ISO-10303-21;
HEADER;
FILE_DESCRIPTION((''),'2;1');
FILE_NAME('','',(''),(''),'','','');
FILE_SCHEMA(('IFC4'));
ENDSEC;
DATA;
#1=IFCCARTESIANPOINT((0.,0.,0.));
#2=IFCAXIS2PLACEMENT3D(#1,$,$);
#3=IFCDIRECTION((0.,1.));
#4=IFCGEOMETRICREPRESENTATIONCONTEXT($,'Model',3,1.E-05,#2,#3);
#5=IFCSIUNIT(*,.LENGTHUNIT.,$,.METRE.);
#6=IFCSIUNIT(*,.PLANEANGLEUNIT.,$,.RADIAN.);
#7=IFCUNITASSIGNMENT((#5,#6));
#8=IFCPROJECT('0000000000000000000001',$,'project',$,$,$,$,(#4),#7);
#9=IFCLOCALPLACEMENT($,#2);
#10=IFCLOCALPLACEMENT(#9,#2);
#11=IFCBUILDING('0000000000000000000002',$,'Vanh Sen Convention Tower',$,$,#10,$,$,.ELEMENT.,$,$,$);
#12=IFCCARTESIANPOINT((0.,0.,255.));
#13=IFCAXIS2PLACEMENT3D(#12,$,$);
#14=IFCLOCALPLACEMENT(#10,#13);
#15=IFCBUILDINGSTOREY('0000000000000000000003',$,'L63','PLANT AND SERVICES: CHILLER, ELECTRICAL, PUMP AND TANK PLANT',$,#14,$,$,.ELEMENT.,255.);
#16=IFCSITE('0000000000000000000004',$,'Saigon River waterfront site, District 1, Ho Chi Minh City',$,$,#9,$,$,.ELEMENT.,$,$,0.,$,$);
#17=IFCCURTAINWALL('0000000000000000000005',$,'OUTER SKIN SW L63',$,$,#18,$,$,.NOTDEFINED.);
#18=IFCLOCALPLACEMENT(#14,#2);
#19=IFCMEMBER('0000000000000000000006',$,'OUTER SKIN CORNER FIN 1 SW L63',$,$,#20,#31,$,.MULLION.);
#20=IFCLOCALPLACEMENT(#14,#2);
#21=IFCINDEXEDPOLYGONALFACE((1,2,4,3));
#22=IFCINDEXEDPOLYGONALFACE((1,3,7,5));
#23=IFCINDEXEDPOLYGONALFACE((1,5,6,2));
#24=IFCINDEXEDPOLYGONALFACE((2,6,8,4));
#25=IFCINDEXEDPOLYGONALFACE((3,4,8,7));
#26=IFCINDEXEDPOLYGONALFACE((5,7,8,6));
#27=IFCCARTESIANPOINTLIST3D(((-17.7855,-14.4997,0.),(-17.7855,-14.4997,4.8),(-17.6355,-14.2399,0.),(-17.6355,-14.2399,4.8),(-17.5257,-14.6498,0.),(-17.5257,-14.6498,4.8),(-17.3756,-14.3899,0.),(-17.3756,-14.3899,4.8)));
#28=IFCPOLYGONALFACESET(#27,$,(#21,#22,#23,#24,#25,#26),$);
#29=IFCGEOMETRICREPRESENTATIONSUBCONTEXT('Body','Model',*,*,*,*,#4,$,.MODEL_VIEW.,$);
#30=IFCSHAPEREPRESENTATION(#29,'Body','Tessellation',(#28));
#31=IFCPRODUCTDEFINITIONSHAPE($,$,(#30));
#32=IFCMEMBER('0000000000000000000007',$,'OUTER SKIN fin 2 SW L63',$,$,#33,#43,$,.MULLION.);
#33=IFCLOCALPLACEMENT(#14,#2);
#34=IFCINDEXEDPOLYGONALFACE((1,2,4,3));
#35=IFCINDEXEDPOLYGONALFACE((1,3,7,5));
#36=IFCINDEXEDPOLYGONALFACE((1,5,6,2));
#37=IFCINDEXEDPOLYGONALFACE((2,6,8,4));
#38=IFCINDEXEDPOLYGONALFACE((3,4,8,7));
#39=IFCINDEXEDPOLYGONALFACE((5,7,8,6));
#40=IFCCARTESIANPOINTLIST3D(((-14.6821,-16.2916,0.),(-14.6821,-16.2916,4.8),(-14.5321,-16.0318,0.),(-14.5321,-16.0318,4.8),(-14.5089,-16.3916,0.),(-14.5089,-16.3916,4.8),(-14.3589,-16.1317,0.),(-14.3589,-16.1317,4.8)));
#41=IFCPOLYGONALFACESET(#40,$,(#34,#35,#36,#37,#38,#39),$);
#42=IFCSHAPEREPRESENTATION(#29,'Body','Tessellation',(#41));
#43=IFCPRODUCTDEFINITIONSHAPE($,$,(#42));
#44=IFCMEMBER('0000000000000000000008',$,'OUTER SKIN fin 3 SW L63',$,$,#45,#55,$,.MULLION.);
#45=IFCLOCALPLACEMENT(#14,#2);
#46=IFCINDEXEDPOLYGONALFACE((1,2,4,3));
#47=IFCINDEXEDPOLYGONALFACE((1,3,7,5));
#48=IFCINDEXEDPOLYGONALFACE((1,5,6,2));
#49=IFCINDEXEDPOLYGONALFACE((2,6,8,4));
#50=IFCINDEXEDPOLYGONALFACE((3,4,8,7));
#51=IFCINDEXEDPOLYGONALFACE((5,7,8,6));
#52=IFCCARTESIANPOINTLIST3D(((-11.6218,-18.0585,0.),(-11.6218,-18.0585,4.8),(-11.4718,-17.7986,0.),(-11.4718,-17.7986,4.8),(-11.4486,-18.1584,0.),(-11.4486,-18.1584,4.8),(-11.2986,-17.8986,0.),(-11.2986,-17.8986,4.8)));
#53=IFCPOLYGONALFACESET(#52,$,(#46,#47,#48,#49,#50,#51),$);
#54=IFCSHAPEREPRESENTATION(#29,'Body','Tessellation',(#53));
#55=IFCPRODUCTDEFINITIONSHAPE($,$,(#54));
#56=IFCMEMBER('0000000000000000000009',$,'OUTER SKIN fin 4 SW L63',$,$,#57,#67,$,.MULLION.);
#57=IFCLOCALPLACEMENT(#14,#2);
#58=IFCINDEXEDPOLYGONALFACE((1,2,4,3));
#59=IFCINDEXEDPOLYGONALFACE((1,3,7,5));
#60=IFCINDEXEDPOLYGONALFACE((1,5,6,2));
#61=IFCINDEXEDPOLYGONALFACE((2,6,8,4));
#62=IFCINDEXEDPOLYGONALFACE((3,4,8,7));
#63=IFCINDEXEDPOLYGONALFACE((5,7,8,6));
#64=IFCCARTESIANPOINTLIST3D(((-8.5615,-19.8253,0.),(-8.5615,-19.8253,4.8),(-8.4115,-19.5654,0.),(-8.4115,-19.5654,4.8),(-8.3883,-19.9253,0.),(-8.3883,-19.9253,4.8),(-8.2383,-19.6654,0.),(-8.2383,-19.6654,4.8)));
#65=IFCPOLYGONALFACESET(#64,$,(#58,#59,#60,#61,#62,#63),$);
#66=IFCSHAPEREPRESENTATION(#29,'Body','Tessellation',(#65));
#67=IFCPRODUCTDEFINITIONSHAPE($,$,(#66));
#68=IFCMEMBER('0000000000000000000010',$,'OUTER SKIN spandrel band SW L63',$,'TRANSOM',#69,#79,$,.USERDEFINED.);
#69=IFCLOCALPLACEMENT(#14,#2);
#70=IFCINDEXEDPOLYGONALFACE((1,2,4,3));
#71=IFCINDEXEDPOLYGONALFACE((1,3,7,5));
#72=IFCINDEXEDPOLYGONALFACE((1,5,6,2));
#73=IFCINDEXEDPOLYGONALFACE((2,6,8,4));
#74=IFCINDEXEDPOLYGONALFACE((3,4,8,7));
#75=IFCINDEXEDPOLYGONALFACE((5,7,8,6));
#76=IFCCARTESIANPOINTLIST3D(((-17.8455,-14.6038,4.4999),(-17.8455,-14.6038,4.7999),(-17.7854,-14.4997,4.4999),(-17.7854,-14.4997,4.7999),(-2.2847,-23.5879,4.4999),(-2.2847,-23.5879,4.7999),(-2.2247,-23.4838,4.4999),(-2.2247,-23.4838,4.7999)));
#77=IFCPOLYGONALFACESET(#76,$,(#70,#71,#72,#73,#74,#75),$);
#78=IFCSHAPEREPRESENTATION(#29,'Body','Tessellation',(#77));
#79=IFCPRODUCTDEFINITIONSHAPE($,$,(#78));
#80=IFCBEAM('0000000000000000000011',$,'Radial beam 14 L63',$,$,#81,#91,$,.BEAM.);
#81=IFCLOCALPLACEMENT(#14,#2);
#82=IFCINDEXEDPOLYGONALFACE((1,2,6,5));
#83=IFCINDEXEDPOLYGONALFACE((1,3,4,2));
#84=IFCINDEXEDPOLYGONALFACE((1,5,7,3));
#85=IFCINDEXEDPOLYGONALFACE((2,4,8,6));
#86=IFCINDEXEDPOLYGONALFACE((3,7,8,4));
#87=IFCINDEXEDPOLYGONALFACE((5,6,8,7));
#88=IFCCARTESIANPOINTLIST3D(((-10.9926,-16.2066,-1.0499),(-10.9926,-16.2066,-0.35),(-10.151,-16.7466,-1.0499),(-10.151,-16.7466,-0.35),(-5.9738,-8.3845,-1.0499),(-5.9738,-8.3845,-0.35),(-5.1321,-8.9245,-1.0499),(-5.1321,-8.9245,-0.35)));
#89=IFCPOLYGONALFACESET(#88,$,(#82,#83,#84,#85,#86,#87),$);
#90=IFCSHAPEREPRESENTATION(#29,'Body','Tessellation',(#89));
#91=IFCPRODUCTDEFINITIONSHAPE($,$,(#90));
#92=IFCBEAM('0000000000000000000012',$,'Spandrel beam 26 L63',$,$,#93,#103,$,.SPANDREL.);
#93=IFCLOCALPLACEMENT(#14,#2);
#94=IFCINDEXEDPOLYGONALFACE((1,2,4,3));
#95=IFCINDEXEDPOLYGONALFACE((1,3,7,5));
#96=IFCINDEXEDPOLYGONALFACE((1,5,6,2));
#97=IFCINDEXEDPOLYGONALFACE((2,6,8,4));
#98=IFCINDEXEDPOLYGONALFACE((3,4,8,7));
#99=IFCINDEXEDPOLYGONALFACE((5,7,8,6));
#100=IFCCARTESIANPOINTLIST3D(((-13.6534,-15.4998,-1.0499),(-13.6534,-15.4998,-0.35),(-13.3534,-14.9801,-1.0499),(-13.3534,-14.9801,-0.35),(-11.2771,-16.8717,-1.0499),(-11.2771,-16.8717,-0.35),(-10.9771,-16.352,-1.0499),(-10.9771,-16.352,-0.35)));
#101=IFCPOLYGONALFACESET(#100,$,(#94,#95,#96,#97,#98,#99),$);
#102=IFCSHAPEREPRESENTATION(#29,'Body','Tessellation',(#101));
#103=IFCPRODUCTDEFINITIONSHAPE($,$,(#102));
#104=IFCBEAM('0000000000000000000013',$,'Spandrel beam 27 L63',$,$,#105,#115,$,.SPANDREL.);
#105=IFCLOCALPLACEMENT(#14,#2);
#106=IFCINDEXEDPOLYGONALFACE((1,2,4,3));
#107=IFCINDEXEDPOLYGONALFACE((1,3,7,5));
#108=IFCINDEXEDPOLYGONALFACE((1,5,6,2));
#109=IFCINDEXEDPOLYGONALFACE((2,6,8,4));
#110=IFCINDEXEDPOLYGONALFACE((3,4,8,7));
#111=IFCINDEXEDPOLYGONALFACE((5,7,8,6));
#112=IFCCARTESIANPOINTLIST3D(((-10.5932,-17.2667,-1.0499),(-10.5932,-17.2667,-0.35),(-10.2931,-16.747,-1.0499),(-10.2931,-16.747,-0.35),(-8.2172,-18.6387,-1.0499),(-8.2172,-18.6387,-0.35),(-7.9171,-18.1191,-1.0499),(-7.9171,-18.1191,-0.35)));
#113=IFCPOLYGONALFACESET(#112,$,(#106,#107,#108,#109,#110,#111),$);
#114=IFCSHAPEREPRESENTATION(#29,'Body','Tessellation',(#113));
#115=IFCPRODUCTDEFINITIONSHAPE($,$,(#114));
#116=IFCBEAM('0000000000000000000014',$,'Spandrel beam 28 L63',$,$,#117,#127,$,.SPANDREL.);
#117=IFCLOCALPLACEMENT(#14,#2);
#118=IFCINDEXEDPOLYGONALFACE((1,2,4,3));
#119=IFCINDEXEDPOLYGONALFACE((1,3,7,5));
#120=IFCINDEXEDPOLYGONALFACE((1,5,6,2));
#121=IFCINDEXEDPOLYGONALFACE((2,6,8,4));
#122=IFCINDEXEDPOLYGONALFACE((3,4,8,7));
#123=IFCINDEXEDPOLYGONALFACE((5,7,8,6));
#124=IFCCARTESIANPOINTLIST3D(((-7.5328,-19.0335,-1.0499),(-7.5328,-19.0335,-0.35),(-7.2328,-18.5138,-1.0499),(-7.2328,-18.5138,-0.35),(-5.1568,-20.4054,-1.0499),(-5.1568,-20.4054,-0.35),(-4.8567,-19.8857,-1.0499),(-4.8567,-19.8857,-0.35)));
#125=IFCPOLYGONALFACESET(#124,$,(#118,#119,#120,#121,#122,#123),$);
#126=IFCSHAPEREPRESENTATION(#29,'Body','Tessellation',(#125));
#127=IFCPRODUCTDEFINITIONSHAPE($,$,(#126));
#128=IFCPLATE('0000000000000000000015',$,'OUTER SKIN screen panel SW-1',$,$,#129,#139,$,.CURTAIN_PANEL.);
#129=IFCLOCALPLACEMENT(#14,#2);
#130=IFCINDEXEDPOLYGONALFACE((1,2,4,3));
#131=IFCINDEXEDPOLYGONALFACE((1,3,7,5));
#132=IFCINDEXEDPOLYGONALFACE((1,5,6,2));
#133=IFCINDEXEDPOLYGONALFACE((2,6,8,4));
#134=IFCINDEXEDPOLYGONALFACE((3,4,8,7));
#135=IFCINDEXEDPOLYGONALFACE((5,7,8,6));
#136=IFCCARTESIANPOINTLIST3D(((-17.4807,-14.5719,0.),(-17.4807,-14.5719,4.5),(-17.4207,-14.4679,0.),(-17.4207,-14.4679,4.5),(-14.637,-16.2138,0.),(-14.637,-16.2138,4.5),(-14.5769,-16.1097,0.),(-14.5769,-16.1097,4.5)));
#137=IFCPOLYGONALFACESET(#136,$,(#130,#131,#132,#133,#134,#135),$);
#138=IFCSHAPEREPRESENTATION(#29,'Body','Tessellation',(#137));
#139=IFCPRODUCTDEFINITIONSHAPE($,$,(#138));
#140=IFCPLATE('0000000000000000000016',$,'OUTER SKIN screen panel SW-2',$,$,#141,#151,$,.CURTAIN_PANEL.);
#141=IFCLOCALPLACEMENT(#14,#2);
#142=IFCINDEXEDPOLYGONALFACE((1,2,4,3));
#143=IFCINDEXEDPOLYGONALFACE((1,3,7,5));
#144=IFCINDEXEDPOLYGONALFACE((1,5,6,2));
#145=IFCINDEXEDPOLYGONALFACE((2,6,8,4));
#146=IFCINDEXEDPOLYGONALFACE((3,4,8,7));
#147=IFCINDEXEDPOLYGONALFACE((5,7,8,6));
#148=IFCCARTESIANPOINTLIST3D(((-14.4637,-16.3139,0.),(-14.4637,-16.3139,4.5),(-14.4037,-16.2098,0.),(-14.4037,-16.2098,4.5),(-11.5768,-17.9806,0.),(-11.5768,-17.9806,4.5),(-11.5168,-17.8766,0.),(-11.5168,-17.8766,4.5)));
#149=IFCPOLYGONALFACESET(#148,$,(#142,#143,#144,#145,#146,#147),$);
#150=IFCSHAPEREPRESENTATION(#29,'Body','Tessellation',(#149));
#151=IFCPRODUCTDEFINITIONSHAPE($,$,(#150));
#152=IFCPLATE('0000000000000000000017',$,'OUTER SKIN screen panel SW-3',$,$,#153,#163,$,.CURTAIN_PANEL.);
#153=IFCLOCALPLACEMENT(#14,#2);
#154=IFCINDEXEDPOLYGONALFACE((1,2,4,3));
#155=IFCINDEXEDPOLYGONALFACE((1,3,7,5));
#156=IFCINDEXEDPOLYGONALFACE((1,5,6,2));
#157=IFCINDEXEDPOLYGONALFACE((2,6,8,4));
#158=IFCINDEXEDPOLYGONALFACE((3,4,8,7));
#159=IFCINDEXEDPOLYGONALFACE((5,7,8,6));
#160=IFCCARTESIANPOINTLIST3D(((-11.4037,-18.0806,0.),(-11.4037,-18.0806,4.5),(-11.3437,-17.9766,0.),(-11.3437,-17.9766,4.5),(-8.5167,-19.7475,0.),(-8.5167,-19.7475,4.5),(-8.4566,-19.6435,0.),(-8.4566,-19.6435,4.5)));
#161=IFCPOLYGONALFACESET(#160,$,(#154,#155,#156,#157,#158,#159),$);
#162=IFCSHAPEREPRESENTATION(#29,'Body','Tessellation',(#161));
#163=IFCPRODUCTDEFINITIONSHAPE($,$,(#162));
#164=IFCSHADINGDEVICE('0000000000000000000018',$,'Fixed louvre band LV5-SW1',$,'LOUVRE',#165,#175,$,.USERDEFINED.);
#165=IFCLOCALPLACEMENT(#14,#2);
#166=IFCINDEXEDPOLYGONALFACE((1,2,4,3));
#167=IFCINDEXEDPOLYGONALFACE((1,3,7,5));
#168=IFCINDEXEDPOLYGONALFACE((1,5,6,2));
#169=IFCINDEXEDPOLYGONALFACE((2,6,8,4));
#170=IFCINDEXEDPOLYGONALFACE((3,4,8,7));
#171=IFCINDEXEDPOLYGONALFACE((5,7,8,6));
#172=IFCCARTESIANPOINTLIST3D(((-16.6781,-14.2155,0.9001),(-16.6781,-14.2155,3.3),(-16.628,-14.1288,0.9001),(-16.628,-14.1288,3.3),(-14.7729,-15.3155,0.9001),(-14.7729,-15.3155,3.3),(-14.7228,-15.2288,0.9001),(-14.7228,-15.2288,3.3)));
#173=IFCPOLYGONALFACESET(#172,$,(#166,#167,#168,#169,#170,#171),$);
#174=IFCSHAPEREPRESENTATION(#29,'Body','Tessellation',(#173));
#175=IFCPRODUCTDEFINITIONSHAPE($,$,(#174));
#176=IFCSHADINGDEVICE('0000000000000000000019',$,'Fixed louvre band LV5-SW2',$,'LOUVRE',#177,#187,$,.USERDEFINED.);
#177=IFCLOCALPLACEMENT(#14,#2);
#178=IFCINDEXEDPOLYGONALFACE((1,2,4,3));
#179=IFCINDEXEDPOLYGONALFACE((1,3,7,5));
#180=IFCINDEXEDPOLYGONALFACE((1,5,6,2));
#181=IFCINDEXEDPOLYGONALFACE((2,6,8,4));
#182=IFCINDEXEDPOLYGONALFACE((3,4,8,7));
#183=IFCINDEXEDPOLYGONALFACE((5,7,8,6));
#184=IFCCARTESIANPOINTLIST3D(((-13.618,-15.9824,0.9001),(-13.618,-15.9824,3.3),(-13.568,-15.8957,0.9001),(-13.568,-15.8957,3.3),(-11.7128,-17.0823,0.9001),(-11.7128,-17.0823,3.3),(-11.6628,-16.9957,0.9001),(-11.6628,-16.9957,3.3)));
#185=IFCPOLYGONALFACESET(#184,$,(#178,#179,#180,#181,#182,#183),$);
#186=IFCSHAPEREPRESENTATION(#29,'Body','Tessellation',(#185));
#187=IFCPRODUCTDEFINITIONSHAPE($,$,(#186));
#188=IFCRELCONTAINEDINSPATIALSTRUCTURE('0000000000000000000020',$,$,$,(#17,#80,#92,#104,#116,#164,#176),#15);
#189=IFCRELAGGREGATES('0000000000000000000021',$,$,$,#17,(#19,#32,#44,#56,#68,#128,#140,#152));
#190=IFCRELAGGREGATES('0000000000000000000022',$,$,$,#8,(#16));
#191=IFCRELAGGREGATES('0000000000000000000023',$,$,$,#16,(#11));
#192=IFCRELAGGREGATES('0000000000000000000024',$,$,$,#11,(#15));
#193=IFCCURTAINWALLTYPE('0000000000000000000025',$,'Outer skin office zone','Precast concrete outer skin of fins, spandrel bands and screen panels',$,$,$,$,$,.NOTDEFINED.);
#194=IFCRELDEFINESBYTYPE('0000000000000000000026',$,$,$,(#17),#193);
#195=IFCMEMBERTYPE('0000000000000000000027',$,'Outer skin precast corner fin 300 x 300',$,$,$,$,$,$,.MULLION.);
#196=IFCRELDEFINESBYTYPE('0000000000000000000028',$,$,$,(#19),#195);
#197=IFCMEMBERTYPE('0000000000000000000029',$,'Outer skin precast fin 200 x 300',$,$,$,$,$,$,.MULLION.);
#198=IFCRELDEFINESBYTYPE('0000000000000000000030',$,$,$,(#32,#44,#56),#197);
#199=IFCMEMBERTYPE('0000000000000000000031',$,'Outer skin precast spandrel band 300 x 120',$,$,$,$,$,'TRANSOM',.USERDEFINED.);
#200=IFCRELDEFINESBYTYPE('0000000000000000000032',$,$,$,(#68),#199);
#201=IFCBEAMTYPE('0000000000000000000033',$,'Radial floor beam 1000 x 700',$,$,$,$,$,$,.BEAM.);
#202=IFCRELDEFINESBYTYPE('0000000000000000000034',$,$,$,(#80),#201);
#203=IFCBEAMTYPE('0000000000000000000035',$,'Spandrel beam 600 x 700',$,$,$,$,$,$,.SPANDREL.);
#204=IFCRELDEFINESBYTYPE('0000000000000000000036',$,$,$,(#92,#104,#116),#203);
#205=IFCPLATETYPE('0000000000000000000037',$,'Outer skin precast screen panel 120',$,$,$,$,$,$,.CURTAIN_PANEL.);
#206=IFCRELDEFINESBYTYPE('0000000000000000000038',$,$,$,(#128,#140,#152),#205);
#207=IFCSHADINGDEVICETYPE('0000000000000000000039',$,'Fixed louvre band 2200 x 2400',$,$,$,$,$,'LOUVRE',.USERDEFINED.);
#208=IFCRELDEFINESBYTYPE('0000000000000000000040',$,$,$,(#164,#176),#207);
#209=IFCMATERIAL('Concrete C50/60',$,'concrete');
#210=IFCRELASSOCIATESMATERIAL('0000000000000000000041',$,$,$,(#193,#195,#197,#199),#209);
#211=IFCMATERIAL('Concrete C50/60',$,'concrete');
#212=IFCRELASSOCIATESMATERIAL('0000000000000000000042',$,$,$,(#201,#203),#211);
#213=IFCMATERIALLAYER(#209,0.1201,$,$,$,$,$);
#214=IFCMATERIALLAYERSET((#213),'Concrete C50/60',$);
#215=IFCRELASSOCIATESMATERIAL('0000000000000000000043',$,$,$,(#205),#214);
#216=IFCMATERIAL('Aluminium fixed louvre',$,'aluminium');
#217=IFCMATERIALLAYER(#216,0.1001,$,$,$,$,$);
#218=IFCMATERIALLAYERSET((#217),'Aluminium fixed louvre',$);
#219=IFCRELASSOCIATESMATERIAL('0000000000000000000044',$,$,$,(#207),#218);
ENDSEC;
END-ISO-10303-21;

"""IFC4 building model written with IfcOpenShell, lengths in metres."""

from ifc_helpers import new_model, si_unit, direction, frame, origin, origin_2d, place, context, subcontext, project, spatial, rectangle, extrude, material, layer, layer_set, material_profile, profile_set, type_object, element, aggregate, save


model = new_model("IFC4")

# Units and contexts
model_context = context("Model", 3, precision=1e-05, world=origin(), true_north=direction((0.0, 1.0)))
body_context = subcontext(model_context, "Body", "Model", "MODEL_VIEW")
ifc_project = project(units=[si_unit("LENGTHUNIT", "METRE"), si_unit("PLANEANGLEUNIT", "RADIAN")], contexts=[model_context])

# Site, building, storey
site_placement = place(None, origin())
site = spatial("IfcSite", under=ifc_project, at=site_placement, Name="Saigon River waterfront site, District 1, Ho Chi Minh City", CompositionType="ELEMENT", RefElevation=0.0)
building_placement = place(site_placement, origin())
building = spatial("IfcBuilding", under=site, at=building_placement, Name="Vanh Sen Convention Tower", CompositionType="ELEMENT")
storey_placement = place(building_placement, frame((0.0, 0.0, 255.0)))
storey = spatial("IfcBuildingStorey", under=building, at=storey_placement, Name="L63", Description="PLANT AND SERVICES: CHILLER, ELECTRICAL, PUMP AND TANK PLANT", CompositionType="ELEMENT", Elevation=255.0)

# Curtain wall, members
ifc_material_1 = material(Name="Concrete C50/60", Category="concrete")
curtain_wall_type = type_object("IfcCurtainWallType", Name="Outer skin office zone", Description="Precast concrete outer skin of fins, spandrel bands and screen panels", PredefinedType="NOTDEFINED", material=ifc_material_1)
curtain_wall_placement = place(storey_placement, origin())
curtain_wall = element("IfcCurtainWall", 1, at=curtain_wall_placement, inside=storey, type_object=curtain_wall_type, Name="OUTER SKIN SW L63", PredefinedType="NOTDEFINED")
ifc_material_profile_1 = material_profile(ifc_material_1, rectangle(XDim=0.3, YDim=0.3, at=origin_2d()), Name="Outer skin precast corner fin 300 x 300")
ifc_profile_set_1 = profile_set([ifc_material_profile_1], Name="Concrete C50/60")
member_type_1 = type_object("IfcMemberType", Name="Outer skin precast corner fin 300 x 300", PredefinedType="MULLION", material=ifc_profile_set_1)
member_1_placement = place(storey_placement, frame((-17.5806, -14.4448, 0.0), z_axis=(0.0, 0.0, 1.0), x_axis=(0.866025, -0.5, 0.0)))
member_1 = element("IfcMember", 2, at=member_1_placement, type_object=member_type_1, Name="OUTER SKIN CORNER FIN 1 SW L63", PredefinedType="MULLION", context=body_context, shape_type="SweptSolid", body=[
    extrude(rectangle(XDim=0.3, YDim=0.3, at=origin_2d()), origin(), (0.0, 0.0, 1.0), 4.8),
])
ifc_material_profile_2 = material_profile(ifc_material_1, rectangle(XDim=0.2, YDim=0.3, at=origin_2d()), Name="Outer skin precast fin 200 x 300")
ifc_profile_set_2 = profile_set([ifc_material_profile_2], Name="Concrete C50/60")
member_type_2 = type_object("IfcMemberType", Name="Outer skin precast fin 200 x 300", PredefinedType="MULLION", material=ifc_profile_set_2)
member_2_placement = place(storey_placement, frame((-14.5205, -16.2117, 0.0), z_axis=(0.0, 0.0, 1.0), x_axis=(0.866025, -0.5, 0.0)))
member_2 = element("IfcMember", 3, at=member_2_placement, type_object=member_type_2, Name="OUTER SKIN fin 2 SW L63", PredefinedType="MULLION", context=body_context, shape_type="SweptSolid", body=[
    extrude(rectangle(XDim=0.2, YDim=0.3, at=origin_2d()), origin(), (0.0, 0.0, 1.0), 4.8),
])
member_3_placement = place(storey_placement, frame((-11.4602, -17.9785, 0.0), z_axis=(0.0, 0.0, 1.0), x_axis=(0.866025, -0.5, 0.0)))
member_3 = element("IfcMember", 4, at=member_3_placement, type_object=member_type_2, Name="OUTER SKIN fin 3 SW L63", PredefinedType="MULLION", context=body_context, shape_type="SweptSolid", body=[
    extrude(rectangle(XDim=0.2, YDim=0.3, at=origin_2d()), origin(), (0.0, 0.0, 1.0), 4.8),
])
member_4_placement = place(storey_placement, frame((-8.3999, -19.7454, 0.0), z_axis=(0.0, 0.0, 1.0), x_axis=(0.866025, -0.5, 0.0)))
member_4 = element("IfcMember", 5, at=member_4_placement, type_object=member_type_2, Name="OUTER SKIN fin 4 SW L63", PredefinedType="MULLION", context=body_context, shape_type="SweptSolid", body=[
    extrude(rectangle(XDim=0.2, YDim=0.3, at=origin_2d()), origin(), (0.0, 0.0, 1.0), 4.8),
])
ifc_material_profile_3 = material_profile(ifc_material_1, rectangle(XDim=0.1201, YDim=0.3, at=origin_2d()), Name="Outer skin precast spandrel band 300 x 120")
ifc_profile_set_3 = profile_set([ifc_material_profile_3], Name="Concrete C50/60")
member_type_3 = type_object("IfcMemberType", Name="Outer skin precast spandrel band 300 x 120", ElementType="TRANSOM", PredefinedType="USERDEFINED", material=ifc_profile_set_3)
member_5_placement = place(storey_placement, frame((-17.8154, -14.5518, 4.6499), z_axis=(0.866023, -0.500004, 0.0), x_axis=(0.500004, 0.866023, 0.0)))
member_5 = element("IfcMember", 6, at=member_5_placement, type_object=member_type_3, Name="OUTER SKIN spandrel band SW L63", ObjectType="TRANSOM", PredefinedType="USERDEFINED", context=body_context, shape_type="SweptSolid", body=[
    extrude(rectangle(XDim=0.1201, YDim=0.3, at=origin_2d()), origin(), (0.0, 0.0, 1.0), 17.968),
])

# Beams
ifc_material_2 = material(Name="Concrete C50/60", Category="concrete")
ifc_material_profile_4 = material_profile(ifc_material_2, rectangle(XDim=1.0, YDim=0.7, at=origin_2d()), Name="RC 1000X700")
ifc_profile_set_4 = profile_set([ifc_material_profile_4], Name="Concrete C50/60")
beam_type_1 = type_object("IfcBeamType", Name="Radial floor beam 1000 x 700", PredefinedType="BEAM", material=ifc_profile_set_4)
beam_1_placement = place(storey_placement, frame((-10.5718, -16.4766, -0.7), z_axis=(0.540023, 0.84165, 0.0), x_axis=(-0.84165, 0.540023, 0.0)))
element("IfcBeam", 7, at=beam_1_placement, inside=storey, type_object=beam_type_1, Name="Radial beam 14 L63", PredefinedType="BEAM", context=body_context, shape_type="SweptSolid", body=[
    extrude(rectangle(XDim=1.0, YDim=0.7, at=origin_2d()), origin(), (0.0, 0.0, 1.0), 9.2937),
])
ifc_material_profile_5 = material_profile(ifc_material_2, rectangle(XDim=0.6001, YDim=0.7, at=origin_2d()), Name="RC 600X700")
ifc_profile_set_5 = profile_set([ifc_material_profile_5], Name="Concrete C50/60")
beam_type_2 = type_object("IfcBeamType", Name="Spandrel beam 600 x 700", PredefinedType="SPANDREL", material=ifc_profile_set_5)
beam_2_placement = place(storey_placement, frame((-13.5034, -15.24, -0.7), z_axis=(0.866039, -0.499977, 0.0), x_axis=(0.499977, 0.866039, 0.0)))
element("IfcBeam", 8, at=beam_2_placement, inside=storey, type_object=beam_type_2, Name="Spandrel beam 26 L63", PredefinedType="SPANDREL", context=body_context, shape_type="SweptSolid", body=[
    extrude(rectangle(XDim=0.6001, YDim=0.7, at=origin_2d()), origin(), (0.0, 0.0, 1.0), 2.7439),
])
for number, where, z_axis, x_axis, name in (
    (9, (-10.4431, -17.0068, -0.7), (0.865978, -0.500082, 0.0), (0.500082, 0.865978, 0.0), "Spandrel beam 27 L63"),
    (10, (-7.3828, -18.7737, -0.7), (0.866017, -0.500015, 0.0), (0.500015, 0.866017, 0.0), "Spandrel beam 28 L63"),
):
    element("IfcBeam", number, at=place(storey_placement, frame(where, z_axis=z_axis, x_axis=x_axis)), inside=storey, type_object=beam_type_2, Name=name, PredefinedType="SPANDREL", context=body_context, shape_type="SweptSolid", body=[
        extrude(rectangle(XDim=0.6001, YDim=0.7, at=origin_2d()), origin(), (0.0, 0.0, 1.0), 2.7437),
    ])

# Plates
ifc_layer_1 = layer(ifc_material_1, 0.1201)
ifc_layer_set_1 = layer_set([ifc_layer_1], Name="Concrete C50/60")
plate_type = type_object("IfcPlateType", Name="Outer skin precast screen panel 120", PredefinedType="CURTAIN_PANEL", material=ifc_layer_set_1)
plate_1_placement = place(storey_placement, frame((-16.0288, -15.3408, 0.0), z_axis=(0.0, 0.0, 1.0), x_axis=(0.866026, -0.499998, 0.0)))
plate_1 = element("IfcPlate", 11, at=plate_1_placement, type_object=plate_type, Name="OUTER SKIN screen panel SW-1", PredefinedType="CURTAIN_PANEL", context=body_context, shape_type="SweptSolid", body=[
    extrude(rectangle(XDim=3.2837, YDim=0.1201, at=origin_2d()), origin(), (0.0, 0.0, 1.0), 4.5),
])
plate_2_placement = place(storey_placement, frame((-12.9902, -17.0952, 0.0), z_axis=(0.0, 0.0, 1.0), x_axis=(0.866026, -0.499998, 0.0)))
plate_2 = element("IfcPlate", 12, at=plate_2_placement, type_object=plate_type, Name="OUTER SKIN screen panel SW-2", PredefinedType="CURTAIN_PANEL", context=body_context, shape_type="SweptSolid", body=[
    extrude(rectangle(XDim=3.3335, YDim=0.1201, at=origin_2d()), origin(), (0.0, 0.0, 1.0), 4.5),
])
plate_3_placement = place(storey_placement, frame((-9.9302, -18.8621, 0.0), z_axis=(0.0, 0.0, 1.0), x_axis=(0.866014, -0.50002, 0.0)))
plate_3 = element("IfcPlate", 13, at=plate_3_placement, type_object=plate_type, Name="OUTER SKIN screen panel SW-3", PredefinedType="CURTAIN_PANEL", context=body_context, shape_type="SweptSolid", body=[
    extrude(rectangle(XDim=3.3337, YDim=0.1201, at=origin_2d()), origin(), (0.0, 0.0, 1.0), 4.5),
])
aggregate(curtain_wall, [member_1, member_2, member_3, member_4, member_5, plate_1, plate_2, plate_3])

# Shading devices
ifc_material_3 = material(Name="Aluminium fixed louvre", Category="aluminium")
ifc_layer_2 = layer(ifc_material_3, 0.1001)
ifc_layer_set_2 = layer_set([ifc_layer_2], Name="Aluminium fixed louvre")
shading_device_type = type_object("IfcShadingDeviceType", Name="Fixed louvre band 2200 x 2400", ElementType="LOUVRE", PredefinedType="USERDEFINED", material=ifc_layer_set_2)
for number, where, z_axis, x_axis, name in (
    (14, (-15.7004, -14.7222, 0.9001), (0.0, 0.0, 1.0), (0.866025, -0.500002, 0.0), "Fixed louvre band LV5-SW1"),
    (15, (-12.6404, -16.489, 0.9001), (0.0, 0.0, 1.0), (0.866025, -0.500002, 0.0), "Fixed louvre band LV5-SW2"),
):
    element("IfcShadingDevice", number, at=place(storey_placement, frame(where, z_axis=z_axis, x_axis=x_axis)), inside=storey, type_object=shading_device_type, Name=name, ObjectType="LOUVRE", PredefinedType="USERDEFINED", context=body_context, shape_type="SweptSolid", body=[
        extrude(rectangle(XDim=2.2, YDim=0.1001, at=origin_2d()), origin(), (0.0, 0.0, 1.0), 2.3999),
    ])

save(model, "model.ifc")
